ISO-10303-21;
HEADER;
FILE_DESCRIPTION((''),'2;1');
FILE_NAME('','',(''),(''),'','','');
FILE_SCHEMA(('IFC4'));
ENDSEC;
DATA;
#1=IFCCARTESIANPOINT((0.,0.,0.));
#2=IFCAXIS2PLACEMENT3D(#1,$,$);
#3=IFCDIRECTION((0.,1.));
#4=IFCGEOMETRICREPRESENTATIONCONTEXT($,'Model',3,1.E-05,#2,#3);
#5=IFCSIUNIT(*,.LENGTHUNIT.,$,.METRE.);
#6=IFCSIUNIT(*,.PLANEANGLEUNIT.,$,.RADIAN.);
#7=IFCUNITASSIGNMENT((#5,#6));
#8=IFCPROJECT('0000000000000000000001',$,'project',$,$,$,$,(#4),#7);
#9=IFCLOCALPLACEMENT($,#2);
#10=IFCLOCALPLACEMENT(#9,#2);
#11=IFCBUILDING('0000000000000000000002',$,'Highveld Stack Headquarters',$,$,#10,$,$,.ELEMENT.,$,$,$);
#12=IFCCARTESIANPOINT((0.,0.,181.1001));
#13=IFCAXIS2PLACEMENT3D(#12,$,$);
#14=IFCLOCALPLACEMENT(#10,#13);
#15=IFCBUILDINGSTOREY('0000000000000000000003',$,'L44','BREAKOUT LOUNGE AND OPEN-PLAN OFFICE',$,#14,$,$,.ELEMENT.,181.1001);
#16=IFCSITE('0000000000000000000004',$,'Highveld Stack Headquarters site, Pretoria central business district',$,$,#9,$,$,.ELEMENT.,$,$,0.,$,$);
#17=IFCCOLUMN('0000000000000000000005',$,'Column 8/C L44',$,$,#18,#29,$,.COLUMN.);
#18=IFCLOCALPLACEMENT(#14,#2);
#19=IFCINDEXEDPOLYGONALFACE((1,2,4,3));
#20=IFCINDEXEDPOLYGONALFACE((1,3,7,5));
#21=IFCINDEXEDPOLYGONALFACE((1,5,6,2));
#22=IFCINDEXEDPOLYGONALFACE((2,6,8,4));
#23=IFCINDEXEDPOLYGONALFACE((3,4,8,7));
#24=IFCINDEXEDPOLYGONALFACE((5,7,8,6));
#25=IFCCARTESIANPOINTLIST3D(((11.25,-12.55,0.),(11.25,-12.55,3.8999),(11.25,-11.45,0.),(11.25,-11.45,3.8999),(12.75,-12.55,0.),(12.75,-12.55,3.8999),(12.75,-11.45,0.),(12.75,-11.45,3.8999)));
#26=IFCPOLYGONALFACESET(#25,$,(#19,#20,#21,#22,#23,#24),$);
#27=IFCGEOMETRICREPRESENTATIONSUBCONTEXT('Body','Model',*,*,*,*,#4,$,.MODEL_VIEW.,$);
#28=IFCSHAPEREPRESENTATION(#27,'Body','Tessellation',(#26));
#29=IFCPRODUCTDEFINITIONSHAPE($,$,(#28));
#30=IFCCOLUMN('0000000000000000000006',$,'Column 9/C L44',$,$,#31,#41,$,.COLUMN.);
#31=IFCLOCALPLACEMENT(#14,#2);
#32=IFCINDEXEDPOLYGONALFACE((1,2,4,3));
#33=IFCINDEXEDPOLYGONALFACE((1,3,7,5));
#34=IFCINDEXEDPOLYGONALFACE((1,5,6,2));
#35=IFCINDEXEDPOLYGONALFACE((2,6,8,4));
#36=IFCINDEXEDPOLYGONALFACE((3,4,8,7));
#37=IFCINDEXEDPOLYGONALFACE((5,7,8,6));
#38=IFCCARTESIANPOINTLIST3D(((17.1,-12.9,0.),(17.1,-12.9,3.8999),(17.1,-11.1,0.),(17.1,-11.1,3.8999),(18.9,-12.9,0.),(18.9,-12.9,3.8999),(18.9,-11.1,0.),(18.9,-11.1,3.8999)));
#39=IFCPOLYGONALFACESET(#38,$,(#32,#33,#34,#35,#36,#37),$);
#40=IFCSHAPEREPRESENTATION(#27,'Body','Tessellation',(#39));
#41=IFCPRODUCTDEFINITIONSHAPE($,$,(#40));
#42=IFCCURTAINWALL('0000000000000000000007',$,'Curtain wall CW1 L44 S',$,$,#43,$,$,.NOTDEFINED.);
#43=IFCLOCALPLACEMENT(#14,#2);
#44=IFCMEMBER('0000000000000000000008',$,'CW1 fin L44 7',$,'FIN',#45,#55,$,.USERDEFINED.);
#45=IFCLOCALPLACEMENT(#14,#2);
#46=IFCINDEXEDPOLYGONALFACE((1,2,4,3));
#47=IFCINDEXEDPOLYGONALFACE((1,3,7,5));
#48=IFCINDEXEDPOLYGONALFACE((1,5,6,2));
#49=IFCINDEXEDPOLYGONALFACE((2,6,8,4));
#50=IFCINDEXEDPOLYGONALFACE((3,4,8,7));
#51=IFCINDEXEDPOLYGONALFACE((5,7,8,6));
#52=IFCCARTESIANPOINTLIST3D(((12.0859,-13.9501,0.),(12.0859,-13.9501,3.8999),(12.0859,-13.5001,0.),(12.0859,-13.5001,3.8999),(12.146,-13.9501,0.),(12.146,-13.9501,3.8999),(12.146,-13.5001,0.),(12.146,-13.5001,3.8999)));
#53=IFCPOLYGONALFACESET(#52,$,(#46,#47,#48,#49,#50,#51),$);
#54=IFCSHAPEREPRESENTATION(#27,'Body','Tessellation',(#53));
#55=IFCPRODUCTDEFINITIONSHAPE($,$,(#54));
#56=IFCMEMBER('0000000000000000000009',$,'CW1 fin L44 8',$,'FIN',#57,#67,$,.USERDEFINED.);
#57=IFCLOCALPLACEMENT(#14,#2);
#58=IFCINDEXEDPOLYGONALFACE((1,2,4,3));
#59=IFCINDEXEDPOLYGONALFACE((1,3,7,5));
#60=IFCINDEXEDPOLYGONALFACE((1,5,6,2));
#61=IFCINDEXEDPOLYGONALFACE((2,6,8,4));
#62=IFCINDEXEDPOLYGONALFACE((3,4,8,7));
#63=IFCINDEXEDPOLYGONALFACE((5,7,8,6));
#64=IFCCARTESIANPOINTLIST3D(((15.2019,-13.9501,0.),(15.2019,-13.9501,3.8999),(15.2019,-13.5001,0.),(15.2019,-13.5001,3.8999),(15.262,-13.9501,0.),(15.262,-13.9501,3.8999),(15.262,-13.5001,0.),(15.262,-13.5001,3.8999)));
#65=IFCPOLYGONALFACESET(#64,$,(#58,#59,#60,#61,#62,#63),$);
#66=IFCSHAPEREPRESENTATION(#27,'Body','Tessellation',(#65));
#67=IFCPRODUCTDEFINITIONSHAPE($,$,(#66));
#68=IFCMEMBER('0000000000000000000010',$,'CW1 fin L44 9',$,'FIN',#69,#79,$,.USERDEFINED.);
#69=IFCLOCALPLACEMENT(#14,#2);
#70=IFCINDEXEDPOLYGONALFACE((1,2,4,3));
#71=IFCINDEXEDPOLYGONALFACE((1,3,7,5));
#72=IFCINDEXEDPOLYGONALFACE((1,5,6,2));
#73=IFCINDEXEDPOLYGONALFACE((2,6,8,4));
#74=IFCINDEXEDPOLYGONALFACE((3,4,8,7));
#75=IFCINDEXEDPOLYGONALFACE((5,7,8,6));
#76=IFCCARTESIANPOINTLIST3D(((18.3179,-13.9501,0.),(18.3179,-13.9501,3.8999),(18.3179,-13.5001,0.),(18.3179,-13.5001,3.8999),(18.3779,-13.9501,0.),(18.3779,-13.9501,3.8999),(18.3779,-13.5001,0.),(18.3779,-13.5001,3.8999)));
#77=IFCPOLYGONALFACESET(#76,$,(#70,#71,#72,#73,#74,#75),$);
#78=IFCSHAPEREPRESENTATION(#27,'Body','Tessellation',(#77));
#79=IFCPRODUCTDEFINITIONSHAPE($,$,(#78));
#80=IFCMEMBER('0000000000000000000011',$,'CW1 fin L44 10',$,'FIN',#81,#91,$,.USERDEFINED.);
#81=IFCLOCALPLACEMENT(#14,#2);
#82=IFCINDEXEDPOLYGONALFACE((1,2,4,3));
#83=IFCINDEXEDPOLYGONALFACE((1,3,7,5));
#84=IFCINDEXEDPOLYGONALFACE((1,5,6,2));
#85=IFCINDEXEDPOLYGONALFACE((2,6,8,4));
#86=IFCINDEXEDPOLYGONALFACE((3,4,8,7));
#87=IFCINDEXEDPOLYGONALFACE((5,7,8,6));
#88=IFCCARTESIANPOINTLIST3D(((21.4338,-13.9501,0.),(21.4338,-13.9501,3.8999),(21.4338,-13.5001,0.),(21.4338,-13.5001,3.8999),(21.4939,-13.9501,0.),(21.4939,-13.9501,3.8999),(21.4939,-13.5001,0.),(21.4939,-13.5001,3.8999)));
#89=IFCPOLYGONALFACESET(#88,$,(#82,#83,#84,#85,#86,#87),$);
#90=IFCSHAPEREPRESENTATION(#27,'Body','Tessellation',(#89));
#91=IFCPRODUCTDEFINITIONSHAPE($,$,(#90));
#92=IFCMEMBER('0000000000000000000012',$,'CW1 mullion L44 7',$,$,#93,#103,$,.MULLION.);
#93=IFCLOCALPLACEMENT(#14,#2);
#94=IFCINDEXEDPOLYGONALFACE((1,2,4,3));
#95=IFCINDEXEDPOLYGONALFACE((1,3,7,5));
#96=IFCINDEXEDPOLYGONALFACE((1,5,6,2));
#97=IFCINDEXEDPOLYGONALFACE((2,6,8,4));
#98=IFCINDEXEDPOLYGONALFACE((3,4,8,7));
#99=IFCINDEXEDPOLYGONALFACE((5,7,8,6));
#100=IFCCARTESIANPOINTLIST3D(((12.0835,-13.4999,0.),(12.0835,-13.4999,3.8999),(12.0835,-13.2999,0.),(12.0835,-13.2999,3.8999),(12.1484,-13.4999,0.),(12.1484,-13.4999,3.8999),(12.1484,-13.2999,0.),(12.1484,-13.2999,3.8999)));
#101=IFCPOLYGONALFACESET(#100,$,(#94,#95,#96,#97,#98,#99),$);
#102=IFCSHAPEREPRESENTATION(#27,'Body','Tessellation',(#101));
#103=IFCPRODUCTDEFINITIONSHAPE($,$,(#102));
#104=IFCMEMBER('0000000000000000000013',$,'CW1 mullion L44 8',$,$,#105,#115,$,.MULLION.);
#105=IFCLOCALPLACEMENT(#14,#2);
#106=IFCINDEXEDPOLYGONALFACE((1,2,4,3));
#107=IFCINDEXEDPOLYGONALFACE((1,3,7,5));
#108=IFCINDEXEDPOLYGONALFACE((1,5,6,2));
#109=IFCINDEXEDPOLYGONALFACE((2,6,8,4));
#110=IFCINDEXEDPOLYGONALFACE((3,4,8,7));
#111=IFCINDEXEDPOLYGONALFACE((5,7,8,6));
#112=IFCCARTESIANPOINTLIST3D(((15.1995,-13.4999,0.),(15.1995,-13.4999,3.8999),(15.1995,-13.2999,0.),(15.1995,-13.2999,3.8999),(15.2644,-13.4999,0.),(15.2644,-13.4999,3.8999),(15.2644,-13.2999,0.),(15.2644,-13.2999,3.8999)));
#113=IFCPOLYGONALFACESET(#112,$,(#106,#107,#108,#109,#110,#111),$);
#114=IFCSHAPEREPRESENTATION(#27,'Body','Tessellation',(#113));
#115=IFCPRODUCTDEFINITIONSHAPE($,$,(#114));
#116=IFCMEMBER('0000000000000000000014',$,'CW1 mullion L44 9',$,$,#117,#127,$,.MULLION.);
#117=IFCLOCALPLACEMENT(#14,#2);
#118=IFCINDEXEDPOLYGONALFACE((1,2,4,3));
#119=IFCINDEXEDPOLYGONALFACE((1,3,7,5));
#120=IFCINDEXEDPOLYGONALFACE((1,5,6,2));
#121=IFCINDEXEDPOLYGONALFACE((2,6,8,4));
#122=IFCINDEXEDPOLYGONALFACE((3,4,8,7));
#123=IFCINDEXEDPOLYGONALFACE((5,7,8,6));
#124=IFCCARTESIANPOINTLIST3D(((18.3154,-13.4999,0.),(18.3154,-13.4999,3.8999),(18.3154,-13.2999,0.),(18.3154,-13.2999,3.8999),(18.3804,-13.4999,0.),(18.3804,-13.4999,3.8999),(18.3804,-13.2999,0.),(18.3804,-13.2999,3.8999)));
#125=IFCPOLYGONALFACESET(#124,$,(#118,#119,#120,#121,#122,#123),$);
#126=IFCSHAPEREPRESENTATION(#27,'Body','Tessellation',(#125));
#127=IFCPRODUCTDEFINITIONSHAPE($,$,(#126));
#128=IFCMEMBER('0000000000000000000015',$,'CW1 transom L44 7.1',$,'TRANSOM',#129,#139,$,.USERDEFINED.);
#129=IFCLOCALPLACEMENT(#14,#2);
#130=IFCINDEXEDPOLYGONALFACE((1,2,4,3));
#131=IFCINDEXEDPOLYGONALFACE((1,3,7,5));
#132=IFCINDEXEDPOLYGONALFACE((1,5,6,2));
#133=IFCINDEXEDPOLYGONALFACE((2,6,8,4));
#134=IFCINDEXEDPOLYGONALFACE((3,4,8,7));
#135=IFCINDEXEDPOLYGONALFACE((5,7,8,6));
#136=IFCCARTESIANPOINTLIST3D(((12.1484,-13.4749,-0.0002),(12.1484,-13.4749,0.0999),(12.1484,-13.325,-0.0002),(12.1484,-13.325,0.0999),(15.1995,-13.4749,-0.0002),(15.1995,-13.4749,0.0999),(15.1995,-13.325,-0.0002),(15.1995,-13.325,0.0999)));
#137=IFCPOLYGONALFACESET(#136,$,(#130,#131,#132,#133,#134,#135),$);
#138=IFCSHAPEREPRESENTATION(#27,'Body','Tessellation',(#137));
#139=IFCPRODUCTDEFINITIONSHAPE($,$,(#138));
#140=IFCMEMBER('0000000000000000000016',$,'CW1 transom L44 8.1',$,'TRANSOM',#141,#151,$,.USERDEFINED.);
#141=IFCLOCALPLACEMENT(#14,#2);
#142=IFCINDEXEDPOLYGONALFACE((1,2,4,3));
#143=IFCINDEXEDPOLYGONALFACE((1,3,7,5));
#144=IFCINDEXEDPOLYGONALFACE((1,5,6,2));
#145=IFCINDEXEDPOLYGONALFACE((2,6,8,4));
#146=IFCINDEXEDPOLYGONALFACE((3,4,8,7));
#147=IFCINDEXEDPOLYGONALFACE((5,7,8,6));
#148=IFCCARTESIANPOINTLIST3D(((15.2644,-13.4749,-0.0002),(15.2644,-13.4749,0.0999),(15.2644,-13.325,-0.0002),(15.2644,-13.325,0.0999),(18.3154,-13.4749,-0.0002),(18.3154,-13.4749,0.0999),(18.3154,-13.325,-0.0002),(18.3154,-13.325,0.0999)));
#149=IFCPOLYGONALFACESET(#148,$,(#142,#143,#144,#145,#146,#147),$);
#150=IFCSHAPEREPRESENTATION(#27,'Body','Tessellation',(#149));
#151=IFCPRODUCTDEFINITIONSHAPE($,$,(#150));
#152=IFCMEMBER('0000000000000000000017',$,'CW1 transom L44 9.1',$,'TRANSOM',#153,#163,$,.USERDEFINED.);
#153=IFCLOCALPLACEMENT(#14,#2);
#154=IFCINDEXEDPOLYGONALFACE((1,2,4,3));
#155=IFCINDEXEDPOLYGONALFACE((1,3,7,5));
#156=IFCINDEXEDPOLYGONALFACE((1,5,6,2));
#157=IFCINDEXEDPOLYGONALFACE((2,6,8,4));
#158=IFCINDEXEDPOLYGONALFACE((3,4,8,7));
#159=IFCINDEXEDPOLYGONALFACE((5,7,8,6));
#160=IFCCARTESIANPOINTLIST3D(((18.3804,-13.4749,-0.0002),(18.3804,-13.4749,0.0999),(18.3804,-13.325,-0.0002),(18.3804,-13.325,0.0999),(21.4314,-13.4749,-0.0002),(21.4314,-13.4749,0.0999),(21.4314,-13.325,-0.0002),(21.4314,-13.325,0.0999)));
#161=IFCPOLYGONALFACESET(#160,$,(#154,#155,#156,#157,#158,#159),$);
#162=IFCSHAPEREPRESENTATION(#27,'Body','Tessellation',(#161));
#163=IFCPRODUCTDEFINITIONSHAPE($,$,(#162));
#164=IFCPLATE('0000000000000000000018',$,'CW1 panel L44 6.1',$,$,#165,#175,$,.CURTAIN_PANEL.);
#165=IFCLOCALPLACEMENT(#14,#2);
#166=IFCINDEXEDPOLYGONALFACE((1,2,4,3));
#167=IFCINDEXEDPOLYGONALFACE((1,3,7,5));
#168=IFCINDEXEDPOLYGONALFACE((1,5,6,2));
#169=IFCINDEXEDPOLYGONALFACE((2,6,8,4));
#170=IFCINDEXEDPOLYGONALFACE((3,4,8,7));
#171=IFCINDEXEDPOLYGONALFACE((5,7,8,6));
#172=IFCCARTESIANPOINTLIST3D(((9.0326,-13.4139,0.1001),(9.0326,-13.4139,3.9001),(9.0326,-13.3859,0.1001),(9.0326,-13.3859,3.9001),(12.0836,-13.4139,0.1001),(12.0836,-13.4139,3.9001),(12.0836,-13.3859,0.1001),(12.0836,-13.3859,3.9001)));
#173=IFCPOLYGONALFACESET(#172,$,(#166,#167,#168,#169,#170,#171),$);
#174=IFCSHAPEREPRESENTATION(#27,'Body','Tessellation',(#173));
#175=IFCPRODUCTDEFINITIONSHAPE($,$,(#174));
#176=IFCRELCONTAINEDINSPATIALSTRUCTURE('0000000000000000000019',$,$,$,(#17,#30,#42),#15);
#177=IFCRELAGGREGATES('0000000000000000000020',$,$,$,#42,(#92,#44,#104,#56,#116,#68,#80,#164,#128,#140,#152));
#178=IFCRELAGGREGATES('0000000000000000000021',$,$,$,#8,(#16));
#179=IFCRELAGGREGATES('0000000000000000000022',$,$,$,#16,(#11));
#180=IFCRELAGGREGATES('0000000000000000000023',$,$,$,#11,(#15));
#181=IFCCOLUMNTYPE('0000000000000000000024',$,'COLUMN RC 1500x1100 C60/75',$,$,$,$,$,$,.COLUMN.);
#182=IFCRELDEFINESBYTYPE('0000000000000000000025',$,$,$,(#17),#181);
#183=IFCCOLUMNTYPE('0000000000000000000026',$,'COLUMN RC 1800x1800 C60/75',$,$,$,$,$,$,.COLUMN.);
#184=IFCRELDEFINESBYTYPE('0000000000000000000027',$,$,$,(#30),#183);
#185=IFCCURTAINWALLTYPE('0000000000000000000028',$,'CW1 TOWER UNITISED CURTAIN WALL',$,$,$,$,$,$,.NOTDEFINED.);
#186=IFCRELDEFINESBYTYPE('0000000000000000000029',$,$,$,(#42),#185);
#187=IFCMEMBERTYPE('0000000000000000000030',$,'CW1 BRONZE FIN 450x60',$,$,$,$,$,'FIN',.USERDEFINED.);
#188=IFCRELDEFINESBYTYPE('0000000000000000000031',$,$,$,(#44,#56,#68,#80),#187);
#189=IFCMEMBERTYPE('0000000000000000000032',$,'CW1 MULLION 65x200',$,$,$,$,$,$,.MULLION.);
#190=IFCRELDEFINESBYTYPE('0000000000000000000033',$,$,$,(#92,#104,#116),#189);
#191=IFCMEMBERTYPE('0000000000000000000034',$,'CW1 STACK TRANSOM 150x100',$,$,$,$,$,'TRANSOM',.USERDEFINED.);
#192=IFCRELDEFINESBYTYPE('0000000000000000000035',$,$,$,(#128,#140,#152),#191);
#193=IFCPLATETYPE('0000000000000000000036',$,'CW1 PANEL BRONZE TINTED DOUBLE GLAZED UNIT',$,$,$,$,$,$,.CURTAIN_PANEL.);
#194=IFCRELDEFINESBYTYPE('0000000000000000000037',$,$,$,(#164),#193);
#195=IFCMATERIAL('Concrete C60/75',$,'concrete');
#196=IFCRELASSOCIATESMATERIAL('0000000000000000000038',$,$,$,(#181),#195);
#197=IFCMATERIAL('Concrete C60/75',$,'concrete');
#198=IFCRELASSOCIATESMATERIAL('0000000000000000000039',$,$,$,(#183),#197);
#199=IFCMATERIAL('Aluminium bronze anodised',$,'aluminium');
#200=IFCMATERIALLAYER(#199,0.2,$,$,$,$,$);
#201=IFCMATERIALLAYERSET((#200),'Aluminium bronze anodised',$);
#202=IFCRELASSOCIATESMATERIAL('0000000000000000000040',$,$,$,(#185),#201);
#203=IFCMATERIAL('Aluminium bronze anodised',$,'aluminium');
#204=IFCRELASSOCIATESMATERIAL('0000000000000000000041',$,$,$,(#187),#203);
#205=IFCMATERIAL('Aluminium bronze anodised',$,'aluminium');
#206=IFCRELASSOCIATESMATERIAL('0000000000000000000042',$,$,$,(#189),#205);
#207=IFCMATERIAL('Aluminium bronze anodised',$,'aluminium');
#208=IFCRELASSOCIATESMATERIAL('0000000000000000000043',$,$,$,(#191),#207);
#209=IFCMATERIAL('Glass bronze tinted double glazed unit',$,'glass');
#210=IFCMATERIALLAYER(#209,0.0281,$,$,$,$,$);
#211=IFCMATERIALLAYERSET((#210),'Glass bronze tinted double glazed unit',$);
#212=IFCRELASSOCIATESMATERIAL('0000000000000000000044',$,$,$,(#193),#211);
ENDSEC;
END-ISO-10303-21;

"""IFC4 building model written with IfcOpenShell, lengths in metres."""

from ifc_helpers import new_model, si_unit, direction, frame, origin, origin_2d, place, context, subcontext, project, spatial, rectangle, extrude, material, layer, layer_set, material_profile, profile_set, type_object, element, aggregate, save


model = new_model("IFC4")

# Units and contexts
model_context = context("Model", 3, precision=1e-05, world=origin(), true_north=direction((0.0, 1.0)))
body_context = subcontext(model_context, "Body", "Model", "MODEL_VIEW")
ifc_project = project(units=[si_unit("LENGTHUNIT", "METRE"), si_unit("PLANEANGLEUNIT", "RADIAN")], contexts=[model_context])

# Site, building, storey
site_placement = place(None, origin())
site = spatial("IfcSite", under=ifc_project, at=site_placement, Name="Highveld Stack Headquarters site, Pretoria central business district", CompositionType="ELEMENT", RefElevation=0.0)
building_placement = place(site_placement, origin())
building = spatial("IfcBuilding", under=site, at=building_placement, Name="Highveld Stack Headquarters", CompositionType="ELEMENT")
storey_placement = place(building_placement, frame((0.0, 0.0, 181.1001)))
storey = spatial("IfcBuildingStorey", under=building, at=storey_placement, Name="L44", Description="BREAKOUT LOUNGE AND OPEN-PLAN OFFICE", CompositionType="ELEMENT", Elevation=181.1001)

# Columns
ifc_material_1 = material(Name="Concrete C60/75", Category="concrete")
ifc_material_profile_1 = material_profile(ifc_material_1, rectangle(XDim=1.5, YDim=1.1001, at=origin_2d()), Name="RC 1500x1100")
ifc_profile_set_1 = profile_set([ifc_material_profile_1], Name="Concrete C60/75")
column_type_1 = type_object("IfcColumnType", Name="COLUMN RC 1500x1100 C60/75", PredefinedType="COLUMN", material=ifc_profile_set_1)
column_1_placement = place(storey_placement, frame((12.0, -12.0, 0.0), z_axis=(0.0, 0.0, 1.0), x_axis=(1.0, 0.0, 0.0)))
element("IfcColumn", 1, at=column_1_placement, inside=storey, type_object=column_type_1, Name="Column 8/C L44", PredefinedType="COLUMN", context=body_context, shape_type="SweptSolid", body=[
    extrude(rectangle(XDim=1.5, YDim=1.1001, at=origin_2d()), origin(), (0.0, 0.0, 1.0), 3.8999),
])
ifc_material_2 = material(Name="Concrete C60/75", Category="concrete")
ifc_material_profile_2 = material_profile(ifc_material_2, rectangle(XDim=1.8, YDim=1.8, at=origin_2d()), Name="RC 1800x1800")
ifc_profile_set_2 = profile_set([ifc_material_profile_2], Name="Concrete C60/75")
column_type_2 = type_object("IfcColumnType", Name="COLUMN RC 1800x1800 C60/75", PredefinedType="COLUMN", material=ifc_profile_set_2)
column_2_placement = place(storey_placement, frame((18.0, -12.0, 0.0), z_axis=(0.0, 0.0, 1.0), x_axis=(1.0, 0.0, 0.0)))
element("IfcColumn", 2, at=column_2_placement, inside=storey, type_object=column_type_2, Name="Column 9/C L44", PredefinedType="COLUMN", context=body_context, shape_type="SweptSolid", body=[
    extrude(rectangle(XDim=1.8, YDim=1.8, at=origin_2d()), origin(), (0.0, 0.0, 1.0), 3.8999),
])

# Curtain wall, members, plate
ifc_material_3 = material(Name="Aluminium bronze anodised", Category="aluminium")
ifc_layer_1 = layer(ifc_material_3, 0.2)
ifc_layer_set_1 = layer_set([ifc_layer_1], Name="Aluminium bronze anodised")
curtain_wall_type = type_object("IfcCurtainWallType", Name="CW1 TOWER UNITISED CURTAIN WALL", PredefinedType="NOTDEFINED", material=ifc_layer_set_1)
curtain_wall_placement = place(storey_placement, origin())
curtain_wall = element("IfcCurtainWall", 3, at=curtain_wall_placement, inside=storey, type_object=curtain_wall_type, Name="Curtain wall CW1 L44 S", PredefinedType="NOTDEFINED")
ifc_material_4 = material(Name="Aluminium bronze anodised", Category="aluminium")
ifc_material_profile_3 = material_profile(ifc_material_4, rectangle(XDim=0.45, YDim=0.0601, at=origin_2d()), Name="FIN 450x60")
ifc_profile_set_3 = profile_set([ifc_material_profile_3], Name="Aluminium bronze anodised")
member_type_1 = type_object("IfcMemberType", Name="CW1 BRONZE FIN 450x60", ElementType="FIN", PredefinedType="USERDEFINED", material=ifc_profile_set_3)
member_1_placement = place(storey_placement, frame((12.116, -13.7251, 0.0), z_axis=(0.0, 0.0, 1.0), x_axis=(0.0, 1.0, 0.0)))
member_1 = element("IfcMember", 4, at=member_1_placement, type_object=member_type_1, Name="CW1 fin L44 7", ObjectType="FIN", PredefinedType="USERDEFINED", context=body_context, shape_type="SweptSolid", body=[
    extrude(rectangle(XDim=0.45, YDim=0.0601, at=origin_2d()), origin(), (0.0, 0.0, 1.0), 3.8999),
])
member_2_placement = place(storey_placement, frame((15.2319, -13.7251, 0.0), z_axis=(0.0, 0.0, 1.0), x_axis=(0.0, 1.0, 0.0)))
member_2 = element("IfcMember", 5, at=member_2_placement, type_object=member_type_1, Name="CW1 fin L44 8", ObjectType="FIN", PredefinedType="USERDEFINED", context=body_context, shape_type="SweptSolid", body=[
    extrude(rectangle(XDim=0.45, YDim=0.0601, at=origin_2d()), origin(), (0.0, 0.0, 1.0), 3.8999),
])
member_3_placement = place(storey_placement, frame((18.3479, -13.7251, 0.0), z_axis=(0.0, 0.0, 1.0), x_axis=(0.0, 1.0, 0.0)))
member_3 = element("IfcMember", 6, at=member_3_placement, type_object=member_type_1, Name="CW1 fin L44 9", ObjectType="FIN", PredefinedType="USERDEFINED", context=body_context, shape_type="SweptSolid", body=[
    extrude(rectangle(XDim=0.45, YDim=0.0601, at=origin_2d()), origin(), (0.0, 0.0, 1.0), 3.8999),
])
member_4_placement = place(storey_placement, frame((21.4639, -13.7251, 0.0), z_axis=(0.0, 0.0, 1.0), x_axis=(0.0, 1.0, 0.0)))
member_4 = element("IfcMember", 7, at=member_4_placement, type_object=member_type_1, Name="CW1 fin L44 10", ObjectType="FIN", PredefinedType="USERDEFINED", context=body_context, shape_type="SweptSolid", body=[
    extrude(rectangle(XDim=0.45, YDim=0.0601, at=origin_2d()), origin(), (0.0, 0.0, 1.0), 3.8999),
])
ifc_material_5 = material(Name="Aluminium bronze anodised", Category="aluminium")
ifc_material_profile_4 = material_profile(ifc_material_5, rectangle(XDim=0.2, YDim=0.0649, at=origin_2d()), Name="CW1 MULLION 65x200")
ifc_profile_set_4 = profile_set([ifc_material_profile_4], Name="Aluminium bronze anodised")
member_type_2 = type_object("IfcMemberType", Name="CW1 MULLION 65x200", PredefinedType="MULLION", material=ifc_profile_set_4)
member_5_placement = place(storey_placement, frame((12.116, -13.3999, 0.0), z_axis=(0.0, 0.0, 1.0), x_axis=(0.0, 1.0, 0.0)))
member_5 = element("IfcMember", 8, at=member_5_placement, type_object=member_type_2, Name="CW1 mullion L44 7", PredefinedType="MULLION", context=body_context, shape_type="SweptSolid", body=[
    extrude(rectangle(XDim=0.2, YDim=0.0649, at=origin_2d()), origin(), (0.0, 0.0, 1.0), 3.8999),
])
member_6_placement = place(storey_placement, frame((15.2319, -13.3999, 0.0), z_axis=(0.0, 0.0, 1.0), x_axis=(0.0, 1.0, 0.0)))
member_6 = element("IfcMember", 9, at=member_6_placement, type_object=member_type_2, Name="CW1 mullion L44 8", PredefinedType="MULLION", context=body_context, shape_type="SweptSolid", body=[
    extrude(rectangle(XDim=0.2, YDim=0.0649, at=origin_2d()), origin(), (0.0, 0.0, 1.0), 3.8999),
])
member_7_placement = place(storey_placement, frame((18.3479, -13.3999, 0.0), z_axis=(0.0, 0.0, 1.0), x_axis=(0.0, 1.0, 0.0)))
member_7 = element("IfcMember", 10, at=member_7_placement, type_object=member_type_2, Name="CW1 mullion L44 9", PredefinedType="MULLION", context=body_context, shape_type="SweptSolid", body=[
    extrude(rectangle(XDim=0.2, YDim=0.0649, at=origin_2d()), origin(), (0.0, 0.0, 1.0), 3.8999),
])
ifc_material_6 = material(Name="Aluminium bronze anodised", Category="aluminium")
ifc_material_profile_5 = material_profile(ifc_material_6, rectangle(XDim=0.1499, YDim=0.1001, at=origin_2d()), Name="CW1 TRANSOM 150x100")
ifc_profile_set_5 = profile_set([ifc_material_profile_5], Name="Aluminium bronze anodised")
member_type_3 = type_object("IfcMemberType", Name="CW1 STACK TRANSOM 150x100", ElementType="TRANSOM", PredefinedType="USERDEFINED", material=ifc_profile_set_5)
member_8_placement = place(storey_placement, frame((12.1484, -13.3999, 0.0498), z_axis=(1.0, 0.0, 0.0), x_axis=(0.0, 1.0, 0.0)))
member_8 = element("IfcMember", 11, at=member_8_placement, type_object=member_type_3, Name="CW1 transom L44 7.1", ObjectType="TRANSOM", PredefinedType="USERDEFINED", context=body_context, shape_type="SweptSolid", body=[
    extrude(rectangle(XDim=0.1499, YDim=0.1001, at=origin_2d()), origin(), (0.0, 0.0, 1.0), 3.051),
])
member_9_placement = place(storey_placement, frame((15.2644, -13.3999, 0.0498), z_axis=(1.0, 0.0, 0.0), x_axis=(0.0, 1.0, 0.0)))
member_9 = element("IfcMember", 12, at=member_9_placement, type_object=member_type_3, Name="CW1 transom L44 8.1", ObjectType="TRANSOM", PredefinedType="USERDEFINED", context=body_context, shape_type="SweptSolid", body=[
    extrude(rectangle(XDim=0.1499, YDim=0.1001, at=origin_2d()), origin(), (0.0, 0.0, 1.0), 3.051),
])
member_10_placement = place(storey_placement, frame((18.3804, -13.3999, 0.0498), z_axis=(1.0, 0.0, 0.0), x_axis=(0.0, 1.0, 0.0)))
member_10 = element("IfcMember", 13, at=member_10_placement, type_object=member_type_3, Name="CW1 transom L44 9.1", ObjectType="TRANSOM", PredefinedType="USERDEFINED", context=body_context, shape_type="SweptSolid", body=[
    extrude(rectangle(XDim=0.1499, YDim=0.1001, at=origin_2d()), origin(), (0.0, 0.0, 1.0), 3.051),
])
ifc_material_7 = material(Name="Glass bronze tinted double glazed unit", Category="glass")
ifc_layer_2 = layer(ifc_material_7, 0.0281)
ifc_layer_set_2 = layer_set([ifc_layer_2], Name="Glass bronze tinted double glazed unit")
plate_type = type_object("IfcPlateType", Name="CW1 PANEL BRONZE TINTED DOUBLE GLAZED UNIT", PredefinedType="CURTAIN_PANEL", material=ifc_layer_set_2)
plate_1_placement = place(storey_placement, frame((10.5581, -13.3999, 0.1001), z_axis=(0.0, 0.0, 1.0), x_axis=(1.0, 0.0, 0.0)))
plate_1 = element("IfcPlate", 14, at=plate_1_placement, type_object=plate_type, Name="CW1 panel L44 6.1", PredefinedType="CURTAIN_PANEL", context=body_context, shape_type="SweptSolid", body=[
    extrude(rectangle(XDim=3.051, YDim=0.0281, at=origin_2d()), origin(), (0.0, 0.0, 1.0), 3.8),
])
aggregate(curtain_wall, [member_5, member_1, member_6, member_2, member_7, member_3, member_4, plate_1, member_8, member_9, member_10])

save(model, "model.ifc")
